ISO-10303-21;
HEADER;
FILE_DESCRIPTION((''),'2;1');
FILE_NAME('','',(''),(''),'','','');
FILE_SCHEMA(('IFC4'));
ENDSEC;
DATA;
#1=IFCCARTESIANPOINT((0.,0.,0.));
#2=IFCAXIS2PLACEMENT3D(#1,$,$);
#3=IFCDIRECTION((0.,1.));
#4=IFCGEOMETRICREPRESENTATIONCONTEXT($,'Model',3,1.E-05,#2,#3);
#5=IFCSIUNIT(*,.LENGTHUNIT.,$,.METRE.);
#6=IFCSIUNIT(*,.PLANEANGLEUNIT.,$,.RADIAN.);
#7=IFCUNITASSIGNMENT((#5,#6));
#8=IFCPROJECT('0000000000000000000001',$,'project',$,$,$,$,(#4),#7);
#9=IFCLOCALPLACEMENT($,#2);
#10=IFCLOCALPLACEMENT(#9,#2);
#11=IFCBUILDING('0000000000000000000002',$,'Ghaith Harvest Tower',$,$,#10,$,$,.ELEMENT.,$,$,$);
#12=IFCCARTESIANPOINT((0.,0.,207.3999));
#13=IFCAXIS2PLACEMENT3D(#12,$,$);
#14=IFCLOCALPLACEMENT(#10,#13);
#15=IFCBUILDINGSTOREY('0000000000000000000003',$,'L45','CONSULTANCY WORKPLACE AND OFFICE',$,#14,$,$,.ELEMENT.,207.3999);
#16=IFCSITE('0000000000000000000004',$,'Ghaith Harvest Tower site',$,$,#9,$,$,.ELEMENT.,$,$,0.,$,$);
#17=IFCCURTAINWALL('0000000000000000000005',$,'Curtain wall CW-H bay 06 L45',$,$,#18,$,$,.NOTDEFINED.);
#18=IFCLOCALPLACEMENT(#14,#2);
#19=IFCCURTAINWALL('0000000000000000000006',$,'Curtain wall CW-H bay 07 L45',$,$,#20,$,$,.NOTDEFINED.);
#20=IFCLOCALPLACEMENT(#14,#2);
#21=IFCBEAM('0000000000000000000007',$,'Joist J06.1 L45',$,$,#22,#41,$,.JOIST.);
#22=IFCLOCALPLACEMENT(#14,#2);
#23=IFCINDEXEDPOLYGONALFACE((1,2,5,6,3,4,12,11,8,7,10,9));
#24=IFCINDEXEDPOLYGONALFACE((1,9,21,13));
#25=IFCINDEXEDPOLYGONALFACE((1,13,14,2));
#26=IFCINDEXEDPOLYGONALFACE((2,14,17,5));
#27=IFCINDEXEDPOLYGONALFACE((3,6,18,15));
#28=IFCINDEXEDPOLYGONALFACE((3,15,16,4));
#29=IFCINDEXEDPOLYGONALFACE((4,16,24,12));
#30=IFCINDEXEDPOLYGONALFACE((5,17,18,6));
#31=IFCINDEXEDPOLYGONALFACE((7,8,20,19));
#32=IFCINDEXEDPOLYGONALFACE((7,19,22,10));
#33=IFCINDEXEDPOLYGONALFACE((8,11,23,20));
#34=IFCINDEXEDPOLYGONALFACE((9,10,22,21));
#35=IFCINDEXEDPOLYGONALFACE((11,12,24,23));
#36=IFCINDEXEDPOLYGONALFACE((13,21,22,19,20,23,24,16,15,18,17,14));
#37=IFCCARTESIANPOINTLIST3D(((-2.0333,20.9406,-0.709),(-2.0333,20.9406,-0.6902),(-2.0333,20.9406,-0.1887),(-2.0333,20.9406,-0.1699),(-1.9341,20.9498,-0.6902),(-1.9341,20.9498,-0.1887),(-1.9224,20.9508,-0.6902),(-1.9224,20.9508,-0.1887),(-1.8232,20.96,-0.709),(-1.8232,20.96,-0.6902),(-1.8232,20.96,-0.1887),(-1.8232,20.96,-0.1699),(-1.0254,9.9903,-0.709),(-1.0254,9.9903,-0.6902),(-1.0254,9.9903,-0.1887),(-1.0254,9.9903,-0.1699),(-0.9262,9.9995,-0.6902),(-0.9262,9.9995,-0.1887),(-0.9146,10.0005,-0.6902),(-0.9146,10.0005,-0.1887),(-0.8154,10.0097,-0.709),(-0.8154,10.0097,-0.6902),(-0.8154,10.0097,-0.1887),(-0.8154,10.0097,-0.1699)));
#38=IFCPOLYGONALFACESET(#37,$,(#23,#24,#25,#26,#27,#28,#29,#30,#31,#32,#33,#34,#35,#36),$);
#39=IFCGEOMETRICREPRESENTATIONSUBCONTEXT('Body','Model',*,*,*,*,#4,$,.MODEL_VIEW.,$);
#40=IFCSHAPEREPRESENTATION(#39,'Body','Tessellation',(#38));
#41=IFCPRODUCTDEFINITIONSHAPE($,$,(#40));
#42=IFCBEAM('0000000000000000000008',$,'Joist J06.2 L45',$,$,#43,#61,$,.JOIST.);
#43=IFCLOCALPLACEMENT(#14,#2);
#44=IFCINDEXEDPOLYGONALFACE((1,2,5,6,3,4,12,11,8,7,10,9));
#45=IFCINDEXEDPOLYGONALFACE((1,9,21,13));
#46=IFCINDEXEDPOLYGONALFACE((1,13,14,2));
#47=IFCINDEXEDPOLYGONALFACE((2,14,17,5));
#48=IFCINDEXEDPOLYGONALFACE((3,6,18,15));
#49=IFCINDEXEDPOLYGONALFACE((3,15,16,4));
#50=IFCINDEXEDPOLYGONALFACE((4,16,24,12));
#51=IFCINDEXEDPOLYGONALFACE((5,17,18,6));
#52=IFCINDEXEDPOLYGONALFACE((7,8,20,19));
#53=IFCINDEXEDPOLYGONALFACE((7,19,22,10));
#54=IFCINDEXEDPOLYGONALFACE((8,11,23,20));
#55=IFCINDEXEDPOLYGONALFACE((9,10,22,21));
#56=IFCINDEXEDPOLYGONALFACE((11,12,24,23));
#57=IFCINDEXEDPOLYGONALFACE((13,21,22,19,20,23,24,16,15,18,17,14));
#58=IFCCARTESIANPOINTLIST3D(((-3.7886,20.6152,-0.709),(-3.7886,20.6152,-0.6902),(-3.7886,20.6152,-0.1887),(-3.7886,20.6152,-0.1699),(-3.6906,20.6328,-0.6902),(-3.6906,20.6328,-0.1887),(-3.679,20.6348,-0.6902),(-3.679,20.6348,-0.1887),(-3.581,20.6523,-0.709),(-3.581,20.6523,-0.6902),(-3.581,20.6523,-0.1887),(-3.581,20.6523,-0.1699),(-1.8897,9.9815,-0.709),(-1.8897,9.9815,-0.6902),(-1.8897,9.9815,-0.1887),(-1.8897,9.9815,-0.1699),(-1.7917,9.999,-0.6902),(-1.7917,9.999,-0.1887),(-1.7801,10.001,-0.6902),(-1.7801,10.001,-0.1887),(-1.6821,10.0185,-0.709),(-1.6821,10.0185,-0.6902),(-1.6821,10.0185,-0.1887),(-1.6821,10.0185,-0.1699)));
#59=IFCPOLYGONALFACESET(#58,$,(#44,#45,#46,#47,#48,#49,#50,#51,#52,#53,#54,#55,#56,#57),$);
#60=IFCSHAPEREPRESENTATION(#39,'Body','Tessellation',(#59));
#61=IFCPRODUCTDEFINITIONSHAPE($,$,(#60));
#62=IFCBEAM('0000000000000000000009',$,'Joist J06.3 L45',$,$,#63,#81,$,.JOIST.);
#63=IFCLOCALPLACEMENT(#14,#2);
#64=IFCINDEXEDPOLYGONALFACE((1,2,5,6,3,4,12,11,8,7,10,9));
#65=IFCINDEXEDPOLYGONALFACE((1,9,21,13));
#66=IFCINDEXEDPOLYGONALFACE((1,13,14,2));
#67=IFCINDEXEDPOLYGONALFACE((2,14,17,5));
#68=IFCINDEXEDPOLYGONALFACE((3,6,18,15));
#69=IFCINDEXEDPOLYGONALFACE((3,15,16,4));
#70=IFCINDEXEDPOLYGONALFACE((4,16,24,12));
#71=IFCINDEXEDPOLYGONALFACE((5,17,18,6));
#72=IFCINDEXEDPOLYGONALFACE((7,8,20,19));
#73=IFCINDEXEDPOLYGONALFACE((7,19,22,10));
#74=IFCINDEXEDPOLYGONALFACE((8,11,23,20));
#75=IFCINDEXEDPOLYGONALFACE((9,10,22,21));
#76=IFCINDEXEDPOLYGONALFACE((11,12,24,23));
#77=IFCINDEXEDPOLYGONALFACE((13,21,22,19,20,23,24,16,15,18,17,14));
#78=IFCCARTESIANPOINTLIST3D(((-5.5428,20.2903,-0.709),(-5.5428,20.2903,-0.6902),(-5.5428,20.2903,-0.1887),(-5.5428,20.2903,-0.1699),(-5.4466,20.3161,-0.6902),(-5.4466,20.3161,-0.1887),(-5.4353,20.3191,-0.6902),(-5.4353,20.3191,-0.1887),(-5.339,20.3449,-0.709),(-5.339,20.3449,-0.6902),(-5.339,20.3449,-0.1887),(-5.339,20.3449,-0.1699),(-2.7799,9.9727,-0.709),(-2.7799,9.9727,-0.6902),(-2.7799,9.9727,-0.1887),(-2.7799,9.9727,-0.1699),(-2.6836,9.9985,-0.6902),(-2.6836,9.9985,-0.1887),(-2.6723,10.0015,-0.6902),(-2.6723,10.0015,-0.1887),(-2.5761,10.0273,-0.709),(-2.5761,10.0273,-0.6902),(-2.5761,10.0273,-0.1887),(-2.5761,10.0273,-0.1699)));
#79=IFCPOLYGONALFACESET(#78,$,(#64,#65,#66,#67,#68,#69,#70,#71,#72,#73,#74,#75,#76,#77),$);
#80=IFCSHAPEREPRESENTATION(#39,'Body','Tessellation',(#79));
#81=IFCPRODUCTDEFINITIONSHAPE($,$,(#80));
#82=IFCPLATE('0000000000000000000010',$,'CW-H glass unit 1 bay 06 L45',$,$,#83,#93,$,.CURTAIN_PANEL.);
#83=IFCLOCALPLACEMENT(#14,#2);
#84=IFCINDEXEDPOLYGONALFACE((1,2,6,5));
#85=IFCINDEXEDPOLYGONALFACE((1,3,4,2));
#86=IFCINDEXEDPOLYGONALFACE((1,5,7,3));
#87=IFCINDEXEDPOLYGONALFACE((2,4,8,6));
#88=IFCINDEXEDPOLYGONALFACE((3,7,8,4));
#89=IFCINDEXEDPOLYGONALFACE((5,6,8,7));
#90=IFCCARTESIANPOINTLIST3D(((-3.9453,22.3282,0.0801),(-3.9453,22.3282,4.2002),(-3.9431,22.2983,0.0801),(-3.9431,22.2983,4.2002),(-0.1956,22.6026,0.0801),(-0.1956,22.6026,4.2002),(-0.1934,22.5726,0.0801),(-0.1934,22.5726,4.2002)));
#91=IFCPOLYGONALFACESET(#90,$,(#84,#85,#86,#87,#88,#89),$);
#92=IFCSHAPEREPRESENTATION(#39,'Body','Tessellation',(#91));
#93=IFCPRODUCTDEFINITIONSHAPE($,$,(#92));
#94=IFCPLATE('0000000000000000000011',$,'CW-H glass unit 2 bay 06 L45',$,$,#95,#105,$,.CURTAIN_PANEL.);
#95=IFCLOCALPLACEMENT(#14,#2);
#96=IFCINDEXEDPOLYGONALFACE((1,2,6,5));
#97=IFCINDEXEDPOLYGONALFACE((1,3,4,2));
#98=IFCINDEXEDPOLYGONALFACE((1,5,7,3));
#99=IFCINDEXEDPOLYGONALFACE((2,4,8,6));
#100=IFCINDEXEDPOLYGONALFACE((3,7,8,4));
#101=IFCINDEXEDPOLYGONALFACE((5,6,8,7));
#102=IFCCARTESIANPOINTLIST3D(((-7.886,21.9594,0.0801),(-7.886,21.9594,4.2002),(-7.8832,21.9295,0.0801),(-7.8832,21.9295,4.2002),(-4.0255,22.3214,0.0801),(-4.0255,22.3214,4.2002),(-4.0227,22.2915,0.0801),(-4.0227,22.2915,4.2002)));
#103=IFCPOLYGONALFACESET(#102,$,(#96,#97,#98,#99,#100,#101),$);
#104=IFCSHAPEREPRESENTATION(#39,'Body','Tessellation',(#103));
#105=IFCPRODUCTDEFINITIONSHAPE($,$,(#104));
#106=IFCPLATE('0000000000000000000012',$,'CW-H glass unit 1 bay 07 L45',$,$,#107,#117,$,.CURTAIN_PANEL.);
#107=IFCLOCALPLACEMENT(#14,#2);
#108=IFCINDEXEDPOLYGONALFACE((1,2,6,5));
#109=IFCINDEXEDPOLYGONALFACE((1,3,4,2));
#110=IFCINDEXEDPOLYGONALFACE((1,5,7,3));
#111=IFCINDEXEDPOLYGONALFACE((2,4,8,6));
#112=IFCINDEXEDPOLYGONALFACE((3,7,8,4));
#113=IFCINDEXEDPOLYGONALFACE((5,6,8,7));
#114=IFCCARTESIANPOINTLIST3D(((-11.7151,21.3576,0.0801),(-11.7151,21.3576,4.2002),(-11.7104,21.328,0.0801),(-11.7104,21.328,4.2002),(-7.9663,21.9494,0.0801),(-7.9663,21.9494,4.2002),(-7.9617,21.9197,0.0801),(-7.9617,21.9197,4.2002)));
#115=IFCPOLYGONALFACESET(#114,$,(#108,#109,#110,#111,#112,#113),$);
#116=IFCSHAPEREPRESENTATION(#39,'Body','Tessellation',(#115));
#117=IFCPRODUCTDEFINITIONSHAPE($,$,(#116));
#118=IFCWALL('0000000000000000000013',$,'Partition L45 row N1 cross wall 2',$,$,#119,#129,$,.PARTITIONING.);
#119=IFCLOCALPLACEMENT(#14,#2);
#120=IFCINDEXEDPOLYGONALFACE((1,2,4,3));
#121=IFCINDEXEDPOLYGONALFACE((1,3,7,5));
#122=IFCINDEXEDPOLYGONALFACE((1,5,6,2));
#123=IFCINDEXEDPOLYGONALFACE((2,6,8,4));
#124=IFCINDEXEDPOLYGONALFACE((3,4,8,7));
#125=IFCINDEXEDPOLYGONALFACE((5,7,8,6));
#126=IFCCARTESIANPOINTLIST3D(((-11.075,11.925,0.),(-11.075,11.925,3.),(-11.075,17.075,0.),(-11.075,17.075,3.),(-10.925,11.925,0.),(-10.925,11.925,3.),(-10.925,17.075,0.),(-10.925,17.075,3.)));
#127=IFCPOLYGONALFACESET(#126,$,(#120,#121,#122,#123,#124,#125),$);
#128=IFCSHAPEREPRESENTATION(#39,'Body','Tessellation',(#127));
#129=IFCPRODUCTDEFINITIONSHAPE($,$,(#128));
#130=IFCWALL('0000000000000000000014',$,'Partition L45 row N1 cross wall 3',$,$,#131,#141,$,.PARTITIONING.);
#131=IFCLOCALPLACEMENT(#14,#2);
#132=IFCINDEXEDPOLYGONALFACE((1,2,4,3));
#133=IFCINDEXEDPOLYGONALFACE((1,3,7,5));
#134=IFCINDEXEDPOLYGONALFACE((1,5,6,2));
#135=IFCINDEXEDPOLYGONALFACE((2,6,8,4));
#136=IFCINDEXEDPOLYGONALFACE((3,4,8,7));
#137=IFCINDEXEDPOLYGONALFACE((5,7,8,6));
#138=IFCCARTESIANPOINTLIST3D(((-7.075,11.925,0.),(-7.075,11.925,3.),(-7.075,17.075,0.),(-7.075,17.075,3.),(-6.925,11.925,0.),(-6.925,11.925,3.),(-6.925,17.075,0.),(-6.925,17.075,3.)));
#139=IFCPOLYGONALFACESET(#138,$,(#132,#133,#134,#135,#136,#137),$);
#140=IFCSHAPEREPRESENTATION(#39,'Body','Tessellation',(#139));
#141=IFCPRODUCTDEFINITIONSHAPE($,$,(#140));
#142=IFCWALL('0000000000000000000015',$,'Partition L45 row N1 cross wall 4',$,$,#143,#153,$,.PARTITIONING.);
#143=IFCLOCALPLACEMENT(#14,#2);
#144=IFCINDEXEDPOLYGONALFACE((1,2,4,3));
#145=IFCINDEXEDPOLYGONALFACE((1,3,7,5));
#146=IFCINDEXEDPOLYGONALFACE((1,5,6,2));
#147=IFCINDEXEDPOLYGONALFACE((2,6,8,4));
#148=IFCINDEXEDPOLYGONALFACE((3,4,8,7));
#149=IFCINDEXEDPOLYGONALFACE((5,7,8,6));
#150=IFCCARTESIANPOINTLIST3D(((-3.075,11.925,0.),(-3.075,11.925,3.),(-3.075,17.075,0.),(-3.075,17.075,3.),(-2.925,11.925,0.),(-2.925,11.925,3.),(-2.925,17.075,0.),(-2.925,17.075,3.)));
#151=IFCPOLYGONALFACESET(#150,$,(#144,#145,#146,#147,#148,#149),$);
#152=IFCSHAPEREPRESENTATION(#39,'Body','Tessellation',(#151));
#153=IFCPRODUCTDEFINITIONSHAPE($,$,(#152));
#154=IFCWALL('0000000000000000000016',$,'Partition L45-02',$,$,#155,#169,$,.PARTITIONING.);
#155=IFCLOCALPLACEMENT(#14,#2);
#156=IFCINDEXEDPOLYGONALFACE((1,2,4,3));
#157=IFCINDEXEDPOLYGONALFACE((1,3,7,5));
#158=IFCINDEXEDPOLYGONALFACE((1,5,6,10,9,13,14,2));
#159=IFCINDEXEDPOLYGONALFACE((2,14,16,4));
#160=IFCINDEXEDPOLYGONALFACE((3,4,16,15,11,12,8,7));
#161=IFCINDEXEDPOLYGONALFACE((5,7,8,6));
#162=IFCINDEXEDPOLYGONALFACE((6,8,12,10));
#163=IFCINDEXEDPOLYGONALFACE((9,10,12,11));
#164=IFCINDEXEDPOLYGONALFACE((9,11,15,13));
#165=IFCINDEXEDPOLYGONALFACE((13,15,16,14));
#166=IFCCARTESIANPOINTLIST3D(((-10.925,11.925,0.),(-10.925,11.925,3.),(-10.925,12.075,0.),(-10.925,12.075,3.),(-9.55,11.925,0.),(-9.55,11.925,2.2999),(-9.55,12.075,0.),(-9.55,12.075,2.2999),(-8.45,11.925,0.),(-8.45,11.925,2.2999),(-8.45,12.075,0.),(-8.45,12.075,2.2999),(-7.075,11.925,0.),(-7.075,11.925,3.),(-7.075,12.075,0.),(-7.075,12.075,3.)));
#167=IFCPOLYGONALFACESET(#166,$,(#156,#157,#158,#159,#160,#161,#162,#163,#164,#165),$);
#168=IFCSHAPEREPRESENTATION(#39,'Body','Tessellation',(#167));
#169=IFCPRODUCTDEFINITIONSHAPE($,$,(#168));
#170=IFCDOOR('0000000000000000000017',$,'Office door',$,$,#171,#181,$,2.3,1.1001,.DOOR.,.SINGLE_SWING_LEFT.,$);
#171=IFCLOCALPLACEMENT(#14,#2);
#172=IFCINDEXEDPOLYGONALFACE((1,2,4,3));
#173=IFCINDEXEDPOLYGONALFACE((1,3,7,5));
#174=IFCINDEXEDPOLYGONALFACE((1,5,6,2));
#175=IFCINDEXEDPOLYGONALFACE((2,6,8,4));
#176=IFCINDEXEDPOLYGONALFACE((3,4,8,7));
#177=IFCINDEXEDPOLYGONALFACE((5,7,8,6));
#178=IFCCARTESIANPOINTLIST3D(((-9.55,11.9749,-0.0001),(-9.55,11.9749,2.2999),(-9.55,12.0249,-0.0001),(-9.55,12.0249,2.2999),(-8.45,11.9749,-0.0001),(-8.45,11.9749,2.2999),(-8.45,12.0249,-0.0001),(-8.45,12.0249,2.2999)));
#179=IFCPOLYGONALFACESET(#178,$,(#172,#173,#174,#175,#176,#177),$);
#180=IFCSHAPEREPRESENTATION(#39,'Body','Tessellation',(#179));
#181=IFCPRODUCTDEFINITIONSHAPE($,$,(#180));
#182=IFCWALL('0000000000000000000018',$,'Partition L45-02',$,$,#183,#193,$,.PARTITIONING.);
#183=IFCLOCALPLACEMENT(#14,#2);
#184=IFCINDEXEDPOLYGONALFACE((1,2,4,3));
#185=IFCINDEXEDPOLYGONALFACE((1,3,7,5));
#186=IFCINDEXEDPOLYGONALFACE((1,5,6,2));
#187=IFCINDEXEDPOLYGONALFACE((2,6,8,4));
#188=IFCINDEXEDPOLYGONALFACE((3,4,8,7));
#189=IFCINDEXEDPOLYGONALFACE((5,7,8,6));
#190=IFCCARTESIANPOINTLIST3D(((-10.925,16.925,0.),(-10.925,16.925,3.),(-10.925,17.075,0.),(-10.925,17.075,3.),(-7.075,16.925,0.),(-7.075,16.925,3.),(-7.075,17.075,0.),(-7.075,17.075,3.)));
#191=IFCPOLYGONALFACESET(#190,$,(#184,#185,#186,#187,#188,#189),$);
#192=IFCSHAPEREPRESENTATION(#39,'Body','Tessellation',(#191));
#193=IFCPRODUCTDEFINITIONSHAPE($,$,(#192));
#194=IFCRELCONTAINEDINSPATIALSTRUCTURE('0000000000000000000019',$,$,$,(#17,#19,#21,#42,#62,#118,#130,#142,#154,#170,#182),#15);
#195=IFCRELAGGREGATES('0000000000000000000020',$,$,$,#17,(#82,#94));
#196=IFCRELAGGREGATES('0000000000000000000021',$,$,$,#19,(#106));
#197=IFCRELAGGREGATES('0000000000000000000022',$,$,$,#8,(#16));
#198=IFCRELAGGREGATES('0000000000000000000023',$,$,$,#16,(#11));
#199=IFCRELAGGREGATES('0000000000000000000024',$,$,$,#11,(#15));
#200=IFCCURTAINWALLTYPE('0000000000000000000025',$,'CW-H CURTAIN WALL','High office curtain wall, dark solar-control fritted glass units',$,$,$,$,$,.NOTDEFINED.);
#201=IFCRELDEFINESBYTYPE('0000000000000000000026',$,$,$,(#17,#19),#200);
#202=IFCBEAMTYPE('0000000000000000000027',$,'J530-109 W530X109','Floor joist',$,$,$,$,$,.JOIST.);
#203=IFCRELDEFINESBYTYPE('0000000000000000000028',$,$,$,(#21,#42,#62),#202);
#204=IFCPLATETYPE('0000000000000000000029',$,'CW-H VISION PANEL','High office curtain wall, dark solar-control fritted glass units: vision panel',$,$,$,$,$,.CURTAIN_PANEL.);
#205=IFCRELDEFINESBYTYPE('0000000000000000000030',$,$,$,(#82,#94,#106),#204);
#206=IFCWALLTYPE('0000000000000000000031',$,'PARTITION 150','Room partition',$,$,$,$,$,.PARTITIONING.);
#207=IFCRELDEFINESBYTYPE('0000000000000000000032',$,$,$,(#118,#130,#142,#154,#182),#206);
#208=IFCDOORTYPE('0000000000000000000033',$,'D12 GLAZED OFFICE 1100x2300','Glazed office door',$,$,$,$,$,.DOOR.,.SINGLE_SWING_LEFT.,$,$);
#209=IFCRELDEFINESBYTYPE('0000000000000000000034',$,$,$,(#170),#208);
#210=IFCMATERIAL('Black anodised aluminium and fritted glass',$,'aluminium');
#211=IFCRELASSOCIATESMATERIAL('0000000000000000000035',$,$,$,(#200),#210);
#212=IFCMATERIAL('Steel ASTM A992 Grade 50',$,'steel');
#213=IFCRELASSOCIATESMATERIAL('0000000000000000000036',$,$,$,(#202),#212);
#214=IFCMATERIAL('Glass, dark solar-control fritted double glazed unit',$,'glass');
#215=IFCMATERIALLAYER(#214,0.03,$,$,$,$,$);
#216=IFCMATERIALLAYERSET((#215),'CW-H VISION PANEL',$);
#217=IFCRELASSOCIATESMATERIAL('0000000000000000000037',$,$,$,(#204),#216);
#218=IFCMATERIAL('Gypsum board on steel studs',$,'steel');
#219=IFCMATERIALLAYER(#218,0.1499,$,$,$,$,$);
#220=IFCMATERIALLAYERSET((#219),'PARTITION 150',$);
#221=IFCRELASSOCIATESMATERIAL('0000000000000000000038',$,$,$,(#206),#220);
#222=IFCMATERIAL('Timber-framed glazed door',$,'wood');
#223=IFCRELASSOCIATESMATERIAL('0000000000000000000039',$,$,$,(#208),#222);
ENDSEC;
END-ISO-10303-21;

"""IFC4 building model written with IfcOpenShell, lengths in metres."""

from ifc_helpers import new_model, si_unit, direction, frame, frame_2d, origin, origin_2d, place, context, subcontext, project, spatial, rectangle, i_section, extrude, material, layer, layer_set, material_profile, profile_set, type_object, element, fill, aggregate, save


model = new_model("IFC4")

# Units and contexts
model_context = context("Model", 3, precision=1e-05, world=origin(), true_north=direction((0.0, 1.0)))
body_context = subcontext(model_context, "Body", "Model", "MODEL_VIEW")
ifc_project = project(units=[si_unit("LENGTHUNIT", "METRE"), si_unit("PLANEANGLEUNIT", "RADIAN")], contexts=[model_context])

# Site, building, storey
site_placement = place(None, origin())
site = spatial("IfcSite", under=ifc_project, at=site_placement, Name="Ghaith Harvest Tower site", CompositionType="ELEMENT", RefElevation=0.0)
building_placement = place(site_placement, origin())
building = spatial("IfcBuilding", under=site, at=building_placement, Name="Ghaith Harvest Tower", CompositionType="ELEMENT")
storey_placement = place(building_placement, frame((0.0, 0.0, 207.3999)))
storey = spatial("IfcBuildingStorey", under=building, at=storey_placement, Name="L45", Description="CONSULTANCY WORKPLACE AND OFFICE", CompositionType="ELEMENT", Elevation=207.3999)

# Curtain wall
ifc_material_1 = material(Name="Black anodised aluminium and fritted glass", Category="aluminium")
curtain_wall_type = type_object("IfcCurtainWallType", Name="CW-H CURTAIN WALL", Description="High office curtain wall, dark solar-control fritted glass units", PredefinedType="NOTDEFINED", material=ifc_material_1)
curtain_wall_1_placement = place(storey_placement, origin())
curtain_wall_1 = element("IfcCurtainWall", 1, at=curtain_wall_1_placement, inside=storey, type_object=curtain_wall_type, Name="Curtain wall CW-H bay 06 L45", PredefinedType="NOTDEFINED")

# Curtain wall
curtain_wall_2_placement = place(storey_placement, origin())
curtain_wall_2 = element("IfcCurtainWall", 2, at=curtain_wall_2_placement, inside=storey, type_object=curtain_wall_type, Name="Curtain wall CW-H bay 07 L45", PredefinedType="NOTDEFINED")

# Beams
ifc_material_2 = material(Name="Steel ASTM A992 Grade 50", Category="steel")
ifc_material_profile_1 = material_profile(ifc_material_2, i_section(OverallWidth=0.2109, OverallDepth=0.5391, WebThickness=0.0117, FlangeThickness=0.0188, at=origin_2d()), Name="W530X109")
ifc_profile_set_1 = profile_set([ifc_material_profile_1], Name="Steel ASTM A992 Grade 50")
beam_type_1 = type_object("IfcBeamType", Name="J530-109 W530X109", Description="Floor joist", PredefinedType="JOIST", material=ifc_profile_set_1)
beam_1_placement = place(storey_placement, frame((-0.9204, 10.0, -0.4395), z_axis=(-0.091649, 0.995791, 0.0), x_axis=(-0.995791, -0.091649, 0.0)))
element("IfcBeam", 3, at=beam_1_placement, inside=storey, type_object=beam_type_1, Name="Joist J06.1 L45", PredefinedType="JOIST", context=body_context, shape_type="SweptSolid", body=[
    extrude(i_section(OverallWidth=0.2109, OverallDepth=0.5391, WebThickness=0.0117, FlangeThickness=0.0188, at=origin_2d()), origin(), (0.0, 0.0, 1.0), 10.9966),
])
beam_2_placement = place(storey_placement, frame((-1.7859, 10.0, -0.4395), z_axis=(-0.175794, 0.984427, 0.0), x_axis=(-0.984427, -0.175794, 0.0)))
element("IfcBeam", 4, at=beam_2_placement, inside=storey, type_object=beam_type_1, Name="Joist J06.2 L45", PredefinedType="JOIST", context=body_context, shape_type="SweptSolid", body=[
    extrude(i_section(OverallWidth=0.2109, OverallDepth=0.5391, WebThickness=0.0117, FlangeThickness=0.0188, at=origin_2d()), origin(), (0.0, 0.0, 1.0), 10.802),
])
beam_3_placement = place(storey_placement, frame((-2.678, 10.0, -0.4395), z_axis=(-0.258674, 0.965965, 0.0), x_axis=(-0.965965, -0.258674, 0.0)))
element("IfcBeam", 5, at=beam_3_placement, inside=storey, type_object=beam_type_1, Name="Joist J06.3 L45", PredefinedType="JOIST", context=body_context, shape_type="SweptSolid", body=[
    extrude(i_section(OverallWidth=0.2109, OverallDepth=0.5391, WebThickness=0.0117, FlangeThickness=0.0188, at=origin_2d()), origin(), (0.0, 0.0, 1.0), 10.6812),
])

# Plates
ifc_material_3 = material(Name="Glass, dark solar-control fritted double glazed unit", Category="glass")
ifc_layer_1 = layer(ifc_material_3, 0.03)
ifc_layer_set_1 = layer_set([ifc_layer_1], Name="CW-H VISION PANEL")
plate_type = type_object("IfcPlateType", Name="CW-H VISION PANEL", Description="High office curtain wall, dark solar-control fritted glass units: vision panel", PredefinedType="CURTAIN_PANEL", material=ifc_layer_set_1)
plate_1_placement = place(storey_placement, frame((-2.0693, 22.4504, 0.0801), z_axis=(0.0, 0.0, 1.0), x_axis=(-0.997334, -0.072966, 0.0)))
plate_1 = element("IfcPlate", 6, at=plate_1_placement, type_object=plate_type, Name="CW-H glass unit 1 bay 06 L45", PredefinedType="CURTAIN_PANEL", context=body_context, shape_type="SweptSolid", body=[
    extrude(rectangle(XDim=3.7598, YDim=0.03, at=origin_2d()), origin(), (0.0, 0.0, 1.0), 4.1201),
])
plate_2_placement = place(storey_placement, frame((-5.9543, 22.1255, 0.0801), z_axis=(0.0, 0.0, 1.0), x_axis=(-0.995632, -0.093365, 0.0)))
plate_2 = element("IfcPlate", 7, at=plate_2_placement, type_object=plate_type, Name="CW-H glass unit 2 bay 06 L45", PredefinedType="CURTAIN_PANEL", context=body_context, shape_type="SweptSolid", body=[
    extrude(rectangle(XDim=3.8774, YDim=0.03, at=origin_2d()), origin(), (0.0, 0.0, 1.0), 4.1201),
])
aggregate(curtain_wall_1, [plate_1, plate_2])
plate_3_placement = place(storey_placement, frame((-9.8384, 21.6387, 0.0801), z_axis=(0.0, 0.0, 1.0), x_axis=(-0.98777, -0.155916, 0.0)))
plate_3 = element("IfcPlate", 8, at=plate_3_placement, type_object=plate_type, Name="CW-H glass unit 1 bay 07 L45", PredefinedType="CURTAIN_PANEL", context=body_context, shape_type="SweptSolid", body=[
    extrude(rectangle(XDim=3.7952, YDim=0.03, at=origin_2d()), origin(), (0.0, 0.0, 1.0), 4.1201),
])
aggregate(curtain_wall_2, [plate_3])

# Walls
ifc_material_4 = material(Name="Gypsum board on steel studs", Category="steel")
ifc_layer_2 = layer(ifc_material_4, 0.1499)
ifc_layer_set_2 = layer_set([ifc_layer_2], Name="PARTITION 150")
wall_type = type_object("IfcWallType", Name="PARTITION 150", Description="Room partition", PredefinedType="PARTITIONING", material=ifc_layer_set_2)
for number, where, z_axis, x_axis, name in (
    (9, (-11.0, 11.925, 0.0), (0.0, 0.0, 1.0), (0.0, 1.0, 0.0), "Partition L45 row N1 cross wall 2"),
    (10, (-7.0, 11.925, 0.0), (0.0, 0.0, 1.0), (0.0, 1.0, 0.0), "Partition L45 row N1 cross wall 3"),
    (11, (-3.0, 11.925, 0.0), (0.0, 0.0, 1.0), (0.0, 1.0, 0.0), "Partition L45 row N1 cross wall 4"),
):
    element("IfcWall", number, at=place(storey_placement, frame(where, z_axis=z_axis, x_axis=x_axis)), inside=storey, type_object=wall_type, Name=name, PredefinedType="PARTITIONING", context=body_context, shape_type="SweptSolid", body=[
        extrude(rectangle(XDim=5.1499, YDim=0.1499, at=frame_2d((2.575, 0.0))), origin(), (0.0, 0.0, 1.0), 3.0),
    ])

# Wall, opening, door
wall_1_placement = place(storey_placement, frame((-10.925, 12.0, 0.0), z_axis=(0.0, 0.0, 1.0), x_axis=(1.0, 0.0, 0.0)))
wall_1 = element("IfcWall", 12, at=wall_1_placement, inside=storey, type_object=wall_type, Name="Partition L45-02", PredefinedType="PARTITIONING", context=body_context, shape_type="SweptSolid", body=[
    extrude(rectangle(XDim=3.8501, YDim=0.1499, at=frame_2d((1.925, 0.0))), origin(), (0.0, 0.0, 1.0), 3.0),
])
opening_1_placement = place(wall_1_placement, frame((1.375, 0.0, 0.0)))
opening_1 = element("IfcOpeningElement", 13, at=opening_1_placement, cuts=wall_1, PredefinedType="OPENING", context=body_context, shape_type="SweptSolid", body=[
    extrude(rectangle(XDim=1.1001, YDim=2.3, at=frame_2d((0.55, 1.1499))), frame((0.0, 0.085, 0.0), z_axis=(0.0, -1.0, 0.0), x_axis=(1.0, 0.0, 0.0)), (0.0, 0.0, 1.0), 0.1699),
])
ifc_material_5 = material(Name="Timber-framed glazed door", Category="wood")
door_type = type_object("IfcDoorType", Name="D12 GLAZED OFFICE 1100x2300", Description="Glazed office door", OperationType="SINGLE_SWING_LEFT", PredefinedType="DOOR", material=ifc_material_5)
door_1_placement = place(opening_1_placement, origin())
door_1 = element("IfcDoor", 14, at=door_1_placement, inside=storey, type_object=door_type, Name="Office door", OperationType="SINGLE_SWING_LEFT", OverallHeight=2.3, OverallWidth=1.1001, PredefinedType="DOOR", context=body_context, shape_type="SweptSolid", body=[
    extrude(rectangle(XDim=1.1001, YDim=2.3, at=frame_2d((0.55, 1.1499))), frame((0.0, 0.0249, 0.0), z_axis=(0.0, -1.0, 0.0), x_axis=(1.0, 0.0, 0.0)), (0.0, 0.0, 1.0), 0.05),
])
fill(opening_1, door_1)

# Wall
wall_2_placement = place(storey_placement, frame((-10.925, 17.0, 0.0), z_axis=(0.0, 0.0, 1.0), x_axis=(1.0, 0.0, 0.0)))
element("IfcWall", 15, at=wall_2_placement, inside=storey, type_object=wall_type, Name="Partition L45-02", PredefinedType="PARTITIONING", context=body_context, shape_type="SweptSolid", body=[
    extrude(rectangle(XDim=3.8501, YDim=0.1499, at=frame_2d((1.925, 0.0))), origin(), (0.0, 0.0, 1.0), 3.0),
])

save(model, "model.ifc")
